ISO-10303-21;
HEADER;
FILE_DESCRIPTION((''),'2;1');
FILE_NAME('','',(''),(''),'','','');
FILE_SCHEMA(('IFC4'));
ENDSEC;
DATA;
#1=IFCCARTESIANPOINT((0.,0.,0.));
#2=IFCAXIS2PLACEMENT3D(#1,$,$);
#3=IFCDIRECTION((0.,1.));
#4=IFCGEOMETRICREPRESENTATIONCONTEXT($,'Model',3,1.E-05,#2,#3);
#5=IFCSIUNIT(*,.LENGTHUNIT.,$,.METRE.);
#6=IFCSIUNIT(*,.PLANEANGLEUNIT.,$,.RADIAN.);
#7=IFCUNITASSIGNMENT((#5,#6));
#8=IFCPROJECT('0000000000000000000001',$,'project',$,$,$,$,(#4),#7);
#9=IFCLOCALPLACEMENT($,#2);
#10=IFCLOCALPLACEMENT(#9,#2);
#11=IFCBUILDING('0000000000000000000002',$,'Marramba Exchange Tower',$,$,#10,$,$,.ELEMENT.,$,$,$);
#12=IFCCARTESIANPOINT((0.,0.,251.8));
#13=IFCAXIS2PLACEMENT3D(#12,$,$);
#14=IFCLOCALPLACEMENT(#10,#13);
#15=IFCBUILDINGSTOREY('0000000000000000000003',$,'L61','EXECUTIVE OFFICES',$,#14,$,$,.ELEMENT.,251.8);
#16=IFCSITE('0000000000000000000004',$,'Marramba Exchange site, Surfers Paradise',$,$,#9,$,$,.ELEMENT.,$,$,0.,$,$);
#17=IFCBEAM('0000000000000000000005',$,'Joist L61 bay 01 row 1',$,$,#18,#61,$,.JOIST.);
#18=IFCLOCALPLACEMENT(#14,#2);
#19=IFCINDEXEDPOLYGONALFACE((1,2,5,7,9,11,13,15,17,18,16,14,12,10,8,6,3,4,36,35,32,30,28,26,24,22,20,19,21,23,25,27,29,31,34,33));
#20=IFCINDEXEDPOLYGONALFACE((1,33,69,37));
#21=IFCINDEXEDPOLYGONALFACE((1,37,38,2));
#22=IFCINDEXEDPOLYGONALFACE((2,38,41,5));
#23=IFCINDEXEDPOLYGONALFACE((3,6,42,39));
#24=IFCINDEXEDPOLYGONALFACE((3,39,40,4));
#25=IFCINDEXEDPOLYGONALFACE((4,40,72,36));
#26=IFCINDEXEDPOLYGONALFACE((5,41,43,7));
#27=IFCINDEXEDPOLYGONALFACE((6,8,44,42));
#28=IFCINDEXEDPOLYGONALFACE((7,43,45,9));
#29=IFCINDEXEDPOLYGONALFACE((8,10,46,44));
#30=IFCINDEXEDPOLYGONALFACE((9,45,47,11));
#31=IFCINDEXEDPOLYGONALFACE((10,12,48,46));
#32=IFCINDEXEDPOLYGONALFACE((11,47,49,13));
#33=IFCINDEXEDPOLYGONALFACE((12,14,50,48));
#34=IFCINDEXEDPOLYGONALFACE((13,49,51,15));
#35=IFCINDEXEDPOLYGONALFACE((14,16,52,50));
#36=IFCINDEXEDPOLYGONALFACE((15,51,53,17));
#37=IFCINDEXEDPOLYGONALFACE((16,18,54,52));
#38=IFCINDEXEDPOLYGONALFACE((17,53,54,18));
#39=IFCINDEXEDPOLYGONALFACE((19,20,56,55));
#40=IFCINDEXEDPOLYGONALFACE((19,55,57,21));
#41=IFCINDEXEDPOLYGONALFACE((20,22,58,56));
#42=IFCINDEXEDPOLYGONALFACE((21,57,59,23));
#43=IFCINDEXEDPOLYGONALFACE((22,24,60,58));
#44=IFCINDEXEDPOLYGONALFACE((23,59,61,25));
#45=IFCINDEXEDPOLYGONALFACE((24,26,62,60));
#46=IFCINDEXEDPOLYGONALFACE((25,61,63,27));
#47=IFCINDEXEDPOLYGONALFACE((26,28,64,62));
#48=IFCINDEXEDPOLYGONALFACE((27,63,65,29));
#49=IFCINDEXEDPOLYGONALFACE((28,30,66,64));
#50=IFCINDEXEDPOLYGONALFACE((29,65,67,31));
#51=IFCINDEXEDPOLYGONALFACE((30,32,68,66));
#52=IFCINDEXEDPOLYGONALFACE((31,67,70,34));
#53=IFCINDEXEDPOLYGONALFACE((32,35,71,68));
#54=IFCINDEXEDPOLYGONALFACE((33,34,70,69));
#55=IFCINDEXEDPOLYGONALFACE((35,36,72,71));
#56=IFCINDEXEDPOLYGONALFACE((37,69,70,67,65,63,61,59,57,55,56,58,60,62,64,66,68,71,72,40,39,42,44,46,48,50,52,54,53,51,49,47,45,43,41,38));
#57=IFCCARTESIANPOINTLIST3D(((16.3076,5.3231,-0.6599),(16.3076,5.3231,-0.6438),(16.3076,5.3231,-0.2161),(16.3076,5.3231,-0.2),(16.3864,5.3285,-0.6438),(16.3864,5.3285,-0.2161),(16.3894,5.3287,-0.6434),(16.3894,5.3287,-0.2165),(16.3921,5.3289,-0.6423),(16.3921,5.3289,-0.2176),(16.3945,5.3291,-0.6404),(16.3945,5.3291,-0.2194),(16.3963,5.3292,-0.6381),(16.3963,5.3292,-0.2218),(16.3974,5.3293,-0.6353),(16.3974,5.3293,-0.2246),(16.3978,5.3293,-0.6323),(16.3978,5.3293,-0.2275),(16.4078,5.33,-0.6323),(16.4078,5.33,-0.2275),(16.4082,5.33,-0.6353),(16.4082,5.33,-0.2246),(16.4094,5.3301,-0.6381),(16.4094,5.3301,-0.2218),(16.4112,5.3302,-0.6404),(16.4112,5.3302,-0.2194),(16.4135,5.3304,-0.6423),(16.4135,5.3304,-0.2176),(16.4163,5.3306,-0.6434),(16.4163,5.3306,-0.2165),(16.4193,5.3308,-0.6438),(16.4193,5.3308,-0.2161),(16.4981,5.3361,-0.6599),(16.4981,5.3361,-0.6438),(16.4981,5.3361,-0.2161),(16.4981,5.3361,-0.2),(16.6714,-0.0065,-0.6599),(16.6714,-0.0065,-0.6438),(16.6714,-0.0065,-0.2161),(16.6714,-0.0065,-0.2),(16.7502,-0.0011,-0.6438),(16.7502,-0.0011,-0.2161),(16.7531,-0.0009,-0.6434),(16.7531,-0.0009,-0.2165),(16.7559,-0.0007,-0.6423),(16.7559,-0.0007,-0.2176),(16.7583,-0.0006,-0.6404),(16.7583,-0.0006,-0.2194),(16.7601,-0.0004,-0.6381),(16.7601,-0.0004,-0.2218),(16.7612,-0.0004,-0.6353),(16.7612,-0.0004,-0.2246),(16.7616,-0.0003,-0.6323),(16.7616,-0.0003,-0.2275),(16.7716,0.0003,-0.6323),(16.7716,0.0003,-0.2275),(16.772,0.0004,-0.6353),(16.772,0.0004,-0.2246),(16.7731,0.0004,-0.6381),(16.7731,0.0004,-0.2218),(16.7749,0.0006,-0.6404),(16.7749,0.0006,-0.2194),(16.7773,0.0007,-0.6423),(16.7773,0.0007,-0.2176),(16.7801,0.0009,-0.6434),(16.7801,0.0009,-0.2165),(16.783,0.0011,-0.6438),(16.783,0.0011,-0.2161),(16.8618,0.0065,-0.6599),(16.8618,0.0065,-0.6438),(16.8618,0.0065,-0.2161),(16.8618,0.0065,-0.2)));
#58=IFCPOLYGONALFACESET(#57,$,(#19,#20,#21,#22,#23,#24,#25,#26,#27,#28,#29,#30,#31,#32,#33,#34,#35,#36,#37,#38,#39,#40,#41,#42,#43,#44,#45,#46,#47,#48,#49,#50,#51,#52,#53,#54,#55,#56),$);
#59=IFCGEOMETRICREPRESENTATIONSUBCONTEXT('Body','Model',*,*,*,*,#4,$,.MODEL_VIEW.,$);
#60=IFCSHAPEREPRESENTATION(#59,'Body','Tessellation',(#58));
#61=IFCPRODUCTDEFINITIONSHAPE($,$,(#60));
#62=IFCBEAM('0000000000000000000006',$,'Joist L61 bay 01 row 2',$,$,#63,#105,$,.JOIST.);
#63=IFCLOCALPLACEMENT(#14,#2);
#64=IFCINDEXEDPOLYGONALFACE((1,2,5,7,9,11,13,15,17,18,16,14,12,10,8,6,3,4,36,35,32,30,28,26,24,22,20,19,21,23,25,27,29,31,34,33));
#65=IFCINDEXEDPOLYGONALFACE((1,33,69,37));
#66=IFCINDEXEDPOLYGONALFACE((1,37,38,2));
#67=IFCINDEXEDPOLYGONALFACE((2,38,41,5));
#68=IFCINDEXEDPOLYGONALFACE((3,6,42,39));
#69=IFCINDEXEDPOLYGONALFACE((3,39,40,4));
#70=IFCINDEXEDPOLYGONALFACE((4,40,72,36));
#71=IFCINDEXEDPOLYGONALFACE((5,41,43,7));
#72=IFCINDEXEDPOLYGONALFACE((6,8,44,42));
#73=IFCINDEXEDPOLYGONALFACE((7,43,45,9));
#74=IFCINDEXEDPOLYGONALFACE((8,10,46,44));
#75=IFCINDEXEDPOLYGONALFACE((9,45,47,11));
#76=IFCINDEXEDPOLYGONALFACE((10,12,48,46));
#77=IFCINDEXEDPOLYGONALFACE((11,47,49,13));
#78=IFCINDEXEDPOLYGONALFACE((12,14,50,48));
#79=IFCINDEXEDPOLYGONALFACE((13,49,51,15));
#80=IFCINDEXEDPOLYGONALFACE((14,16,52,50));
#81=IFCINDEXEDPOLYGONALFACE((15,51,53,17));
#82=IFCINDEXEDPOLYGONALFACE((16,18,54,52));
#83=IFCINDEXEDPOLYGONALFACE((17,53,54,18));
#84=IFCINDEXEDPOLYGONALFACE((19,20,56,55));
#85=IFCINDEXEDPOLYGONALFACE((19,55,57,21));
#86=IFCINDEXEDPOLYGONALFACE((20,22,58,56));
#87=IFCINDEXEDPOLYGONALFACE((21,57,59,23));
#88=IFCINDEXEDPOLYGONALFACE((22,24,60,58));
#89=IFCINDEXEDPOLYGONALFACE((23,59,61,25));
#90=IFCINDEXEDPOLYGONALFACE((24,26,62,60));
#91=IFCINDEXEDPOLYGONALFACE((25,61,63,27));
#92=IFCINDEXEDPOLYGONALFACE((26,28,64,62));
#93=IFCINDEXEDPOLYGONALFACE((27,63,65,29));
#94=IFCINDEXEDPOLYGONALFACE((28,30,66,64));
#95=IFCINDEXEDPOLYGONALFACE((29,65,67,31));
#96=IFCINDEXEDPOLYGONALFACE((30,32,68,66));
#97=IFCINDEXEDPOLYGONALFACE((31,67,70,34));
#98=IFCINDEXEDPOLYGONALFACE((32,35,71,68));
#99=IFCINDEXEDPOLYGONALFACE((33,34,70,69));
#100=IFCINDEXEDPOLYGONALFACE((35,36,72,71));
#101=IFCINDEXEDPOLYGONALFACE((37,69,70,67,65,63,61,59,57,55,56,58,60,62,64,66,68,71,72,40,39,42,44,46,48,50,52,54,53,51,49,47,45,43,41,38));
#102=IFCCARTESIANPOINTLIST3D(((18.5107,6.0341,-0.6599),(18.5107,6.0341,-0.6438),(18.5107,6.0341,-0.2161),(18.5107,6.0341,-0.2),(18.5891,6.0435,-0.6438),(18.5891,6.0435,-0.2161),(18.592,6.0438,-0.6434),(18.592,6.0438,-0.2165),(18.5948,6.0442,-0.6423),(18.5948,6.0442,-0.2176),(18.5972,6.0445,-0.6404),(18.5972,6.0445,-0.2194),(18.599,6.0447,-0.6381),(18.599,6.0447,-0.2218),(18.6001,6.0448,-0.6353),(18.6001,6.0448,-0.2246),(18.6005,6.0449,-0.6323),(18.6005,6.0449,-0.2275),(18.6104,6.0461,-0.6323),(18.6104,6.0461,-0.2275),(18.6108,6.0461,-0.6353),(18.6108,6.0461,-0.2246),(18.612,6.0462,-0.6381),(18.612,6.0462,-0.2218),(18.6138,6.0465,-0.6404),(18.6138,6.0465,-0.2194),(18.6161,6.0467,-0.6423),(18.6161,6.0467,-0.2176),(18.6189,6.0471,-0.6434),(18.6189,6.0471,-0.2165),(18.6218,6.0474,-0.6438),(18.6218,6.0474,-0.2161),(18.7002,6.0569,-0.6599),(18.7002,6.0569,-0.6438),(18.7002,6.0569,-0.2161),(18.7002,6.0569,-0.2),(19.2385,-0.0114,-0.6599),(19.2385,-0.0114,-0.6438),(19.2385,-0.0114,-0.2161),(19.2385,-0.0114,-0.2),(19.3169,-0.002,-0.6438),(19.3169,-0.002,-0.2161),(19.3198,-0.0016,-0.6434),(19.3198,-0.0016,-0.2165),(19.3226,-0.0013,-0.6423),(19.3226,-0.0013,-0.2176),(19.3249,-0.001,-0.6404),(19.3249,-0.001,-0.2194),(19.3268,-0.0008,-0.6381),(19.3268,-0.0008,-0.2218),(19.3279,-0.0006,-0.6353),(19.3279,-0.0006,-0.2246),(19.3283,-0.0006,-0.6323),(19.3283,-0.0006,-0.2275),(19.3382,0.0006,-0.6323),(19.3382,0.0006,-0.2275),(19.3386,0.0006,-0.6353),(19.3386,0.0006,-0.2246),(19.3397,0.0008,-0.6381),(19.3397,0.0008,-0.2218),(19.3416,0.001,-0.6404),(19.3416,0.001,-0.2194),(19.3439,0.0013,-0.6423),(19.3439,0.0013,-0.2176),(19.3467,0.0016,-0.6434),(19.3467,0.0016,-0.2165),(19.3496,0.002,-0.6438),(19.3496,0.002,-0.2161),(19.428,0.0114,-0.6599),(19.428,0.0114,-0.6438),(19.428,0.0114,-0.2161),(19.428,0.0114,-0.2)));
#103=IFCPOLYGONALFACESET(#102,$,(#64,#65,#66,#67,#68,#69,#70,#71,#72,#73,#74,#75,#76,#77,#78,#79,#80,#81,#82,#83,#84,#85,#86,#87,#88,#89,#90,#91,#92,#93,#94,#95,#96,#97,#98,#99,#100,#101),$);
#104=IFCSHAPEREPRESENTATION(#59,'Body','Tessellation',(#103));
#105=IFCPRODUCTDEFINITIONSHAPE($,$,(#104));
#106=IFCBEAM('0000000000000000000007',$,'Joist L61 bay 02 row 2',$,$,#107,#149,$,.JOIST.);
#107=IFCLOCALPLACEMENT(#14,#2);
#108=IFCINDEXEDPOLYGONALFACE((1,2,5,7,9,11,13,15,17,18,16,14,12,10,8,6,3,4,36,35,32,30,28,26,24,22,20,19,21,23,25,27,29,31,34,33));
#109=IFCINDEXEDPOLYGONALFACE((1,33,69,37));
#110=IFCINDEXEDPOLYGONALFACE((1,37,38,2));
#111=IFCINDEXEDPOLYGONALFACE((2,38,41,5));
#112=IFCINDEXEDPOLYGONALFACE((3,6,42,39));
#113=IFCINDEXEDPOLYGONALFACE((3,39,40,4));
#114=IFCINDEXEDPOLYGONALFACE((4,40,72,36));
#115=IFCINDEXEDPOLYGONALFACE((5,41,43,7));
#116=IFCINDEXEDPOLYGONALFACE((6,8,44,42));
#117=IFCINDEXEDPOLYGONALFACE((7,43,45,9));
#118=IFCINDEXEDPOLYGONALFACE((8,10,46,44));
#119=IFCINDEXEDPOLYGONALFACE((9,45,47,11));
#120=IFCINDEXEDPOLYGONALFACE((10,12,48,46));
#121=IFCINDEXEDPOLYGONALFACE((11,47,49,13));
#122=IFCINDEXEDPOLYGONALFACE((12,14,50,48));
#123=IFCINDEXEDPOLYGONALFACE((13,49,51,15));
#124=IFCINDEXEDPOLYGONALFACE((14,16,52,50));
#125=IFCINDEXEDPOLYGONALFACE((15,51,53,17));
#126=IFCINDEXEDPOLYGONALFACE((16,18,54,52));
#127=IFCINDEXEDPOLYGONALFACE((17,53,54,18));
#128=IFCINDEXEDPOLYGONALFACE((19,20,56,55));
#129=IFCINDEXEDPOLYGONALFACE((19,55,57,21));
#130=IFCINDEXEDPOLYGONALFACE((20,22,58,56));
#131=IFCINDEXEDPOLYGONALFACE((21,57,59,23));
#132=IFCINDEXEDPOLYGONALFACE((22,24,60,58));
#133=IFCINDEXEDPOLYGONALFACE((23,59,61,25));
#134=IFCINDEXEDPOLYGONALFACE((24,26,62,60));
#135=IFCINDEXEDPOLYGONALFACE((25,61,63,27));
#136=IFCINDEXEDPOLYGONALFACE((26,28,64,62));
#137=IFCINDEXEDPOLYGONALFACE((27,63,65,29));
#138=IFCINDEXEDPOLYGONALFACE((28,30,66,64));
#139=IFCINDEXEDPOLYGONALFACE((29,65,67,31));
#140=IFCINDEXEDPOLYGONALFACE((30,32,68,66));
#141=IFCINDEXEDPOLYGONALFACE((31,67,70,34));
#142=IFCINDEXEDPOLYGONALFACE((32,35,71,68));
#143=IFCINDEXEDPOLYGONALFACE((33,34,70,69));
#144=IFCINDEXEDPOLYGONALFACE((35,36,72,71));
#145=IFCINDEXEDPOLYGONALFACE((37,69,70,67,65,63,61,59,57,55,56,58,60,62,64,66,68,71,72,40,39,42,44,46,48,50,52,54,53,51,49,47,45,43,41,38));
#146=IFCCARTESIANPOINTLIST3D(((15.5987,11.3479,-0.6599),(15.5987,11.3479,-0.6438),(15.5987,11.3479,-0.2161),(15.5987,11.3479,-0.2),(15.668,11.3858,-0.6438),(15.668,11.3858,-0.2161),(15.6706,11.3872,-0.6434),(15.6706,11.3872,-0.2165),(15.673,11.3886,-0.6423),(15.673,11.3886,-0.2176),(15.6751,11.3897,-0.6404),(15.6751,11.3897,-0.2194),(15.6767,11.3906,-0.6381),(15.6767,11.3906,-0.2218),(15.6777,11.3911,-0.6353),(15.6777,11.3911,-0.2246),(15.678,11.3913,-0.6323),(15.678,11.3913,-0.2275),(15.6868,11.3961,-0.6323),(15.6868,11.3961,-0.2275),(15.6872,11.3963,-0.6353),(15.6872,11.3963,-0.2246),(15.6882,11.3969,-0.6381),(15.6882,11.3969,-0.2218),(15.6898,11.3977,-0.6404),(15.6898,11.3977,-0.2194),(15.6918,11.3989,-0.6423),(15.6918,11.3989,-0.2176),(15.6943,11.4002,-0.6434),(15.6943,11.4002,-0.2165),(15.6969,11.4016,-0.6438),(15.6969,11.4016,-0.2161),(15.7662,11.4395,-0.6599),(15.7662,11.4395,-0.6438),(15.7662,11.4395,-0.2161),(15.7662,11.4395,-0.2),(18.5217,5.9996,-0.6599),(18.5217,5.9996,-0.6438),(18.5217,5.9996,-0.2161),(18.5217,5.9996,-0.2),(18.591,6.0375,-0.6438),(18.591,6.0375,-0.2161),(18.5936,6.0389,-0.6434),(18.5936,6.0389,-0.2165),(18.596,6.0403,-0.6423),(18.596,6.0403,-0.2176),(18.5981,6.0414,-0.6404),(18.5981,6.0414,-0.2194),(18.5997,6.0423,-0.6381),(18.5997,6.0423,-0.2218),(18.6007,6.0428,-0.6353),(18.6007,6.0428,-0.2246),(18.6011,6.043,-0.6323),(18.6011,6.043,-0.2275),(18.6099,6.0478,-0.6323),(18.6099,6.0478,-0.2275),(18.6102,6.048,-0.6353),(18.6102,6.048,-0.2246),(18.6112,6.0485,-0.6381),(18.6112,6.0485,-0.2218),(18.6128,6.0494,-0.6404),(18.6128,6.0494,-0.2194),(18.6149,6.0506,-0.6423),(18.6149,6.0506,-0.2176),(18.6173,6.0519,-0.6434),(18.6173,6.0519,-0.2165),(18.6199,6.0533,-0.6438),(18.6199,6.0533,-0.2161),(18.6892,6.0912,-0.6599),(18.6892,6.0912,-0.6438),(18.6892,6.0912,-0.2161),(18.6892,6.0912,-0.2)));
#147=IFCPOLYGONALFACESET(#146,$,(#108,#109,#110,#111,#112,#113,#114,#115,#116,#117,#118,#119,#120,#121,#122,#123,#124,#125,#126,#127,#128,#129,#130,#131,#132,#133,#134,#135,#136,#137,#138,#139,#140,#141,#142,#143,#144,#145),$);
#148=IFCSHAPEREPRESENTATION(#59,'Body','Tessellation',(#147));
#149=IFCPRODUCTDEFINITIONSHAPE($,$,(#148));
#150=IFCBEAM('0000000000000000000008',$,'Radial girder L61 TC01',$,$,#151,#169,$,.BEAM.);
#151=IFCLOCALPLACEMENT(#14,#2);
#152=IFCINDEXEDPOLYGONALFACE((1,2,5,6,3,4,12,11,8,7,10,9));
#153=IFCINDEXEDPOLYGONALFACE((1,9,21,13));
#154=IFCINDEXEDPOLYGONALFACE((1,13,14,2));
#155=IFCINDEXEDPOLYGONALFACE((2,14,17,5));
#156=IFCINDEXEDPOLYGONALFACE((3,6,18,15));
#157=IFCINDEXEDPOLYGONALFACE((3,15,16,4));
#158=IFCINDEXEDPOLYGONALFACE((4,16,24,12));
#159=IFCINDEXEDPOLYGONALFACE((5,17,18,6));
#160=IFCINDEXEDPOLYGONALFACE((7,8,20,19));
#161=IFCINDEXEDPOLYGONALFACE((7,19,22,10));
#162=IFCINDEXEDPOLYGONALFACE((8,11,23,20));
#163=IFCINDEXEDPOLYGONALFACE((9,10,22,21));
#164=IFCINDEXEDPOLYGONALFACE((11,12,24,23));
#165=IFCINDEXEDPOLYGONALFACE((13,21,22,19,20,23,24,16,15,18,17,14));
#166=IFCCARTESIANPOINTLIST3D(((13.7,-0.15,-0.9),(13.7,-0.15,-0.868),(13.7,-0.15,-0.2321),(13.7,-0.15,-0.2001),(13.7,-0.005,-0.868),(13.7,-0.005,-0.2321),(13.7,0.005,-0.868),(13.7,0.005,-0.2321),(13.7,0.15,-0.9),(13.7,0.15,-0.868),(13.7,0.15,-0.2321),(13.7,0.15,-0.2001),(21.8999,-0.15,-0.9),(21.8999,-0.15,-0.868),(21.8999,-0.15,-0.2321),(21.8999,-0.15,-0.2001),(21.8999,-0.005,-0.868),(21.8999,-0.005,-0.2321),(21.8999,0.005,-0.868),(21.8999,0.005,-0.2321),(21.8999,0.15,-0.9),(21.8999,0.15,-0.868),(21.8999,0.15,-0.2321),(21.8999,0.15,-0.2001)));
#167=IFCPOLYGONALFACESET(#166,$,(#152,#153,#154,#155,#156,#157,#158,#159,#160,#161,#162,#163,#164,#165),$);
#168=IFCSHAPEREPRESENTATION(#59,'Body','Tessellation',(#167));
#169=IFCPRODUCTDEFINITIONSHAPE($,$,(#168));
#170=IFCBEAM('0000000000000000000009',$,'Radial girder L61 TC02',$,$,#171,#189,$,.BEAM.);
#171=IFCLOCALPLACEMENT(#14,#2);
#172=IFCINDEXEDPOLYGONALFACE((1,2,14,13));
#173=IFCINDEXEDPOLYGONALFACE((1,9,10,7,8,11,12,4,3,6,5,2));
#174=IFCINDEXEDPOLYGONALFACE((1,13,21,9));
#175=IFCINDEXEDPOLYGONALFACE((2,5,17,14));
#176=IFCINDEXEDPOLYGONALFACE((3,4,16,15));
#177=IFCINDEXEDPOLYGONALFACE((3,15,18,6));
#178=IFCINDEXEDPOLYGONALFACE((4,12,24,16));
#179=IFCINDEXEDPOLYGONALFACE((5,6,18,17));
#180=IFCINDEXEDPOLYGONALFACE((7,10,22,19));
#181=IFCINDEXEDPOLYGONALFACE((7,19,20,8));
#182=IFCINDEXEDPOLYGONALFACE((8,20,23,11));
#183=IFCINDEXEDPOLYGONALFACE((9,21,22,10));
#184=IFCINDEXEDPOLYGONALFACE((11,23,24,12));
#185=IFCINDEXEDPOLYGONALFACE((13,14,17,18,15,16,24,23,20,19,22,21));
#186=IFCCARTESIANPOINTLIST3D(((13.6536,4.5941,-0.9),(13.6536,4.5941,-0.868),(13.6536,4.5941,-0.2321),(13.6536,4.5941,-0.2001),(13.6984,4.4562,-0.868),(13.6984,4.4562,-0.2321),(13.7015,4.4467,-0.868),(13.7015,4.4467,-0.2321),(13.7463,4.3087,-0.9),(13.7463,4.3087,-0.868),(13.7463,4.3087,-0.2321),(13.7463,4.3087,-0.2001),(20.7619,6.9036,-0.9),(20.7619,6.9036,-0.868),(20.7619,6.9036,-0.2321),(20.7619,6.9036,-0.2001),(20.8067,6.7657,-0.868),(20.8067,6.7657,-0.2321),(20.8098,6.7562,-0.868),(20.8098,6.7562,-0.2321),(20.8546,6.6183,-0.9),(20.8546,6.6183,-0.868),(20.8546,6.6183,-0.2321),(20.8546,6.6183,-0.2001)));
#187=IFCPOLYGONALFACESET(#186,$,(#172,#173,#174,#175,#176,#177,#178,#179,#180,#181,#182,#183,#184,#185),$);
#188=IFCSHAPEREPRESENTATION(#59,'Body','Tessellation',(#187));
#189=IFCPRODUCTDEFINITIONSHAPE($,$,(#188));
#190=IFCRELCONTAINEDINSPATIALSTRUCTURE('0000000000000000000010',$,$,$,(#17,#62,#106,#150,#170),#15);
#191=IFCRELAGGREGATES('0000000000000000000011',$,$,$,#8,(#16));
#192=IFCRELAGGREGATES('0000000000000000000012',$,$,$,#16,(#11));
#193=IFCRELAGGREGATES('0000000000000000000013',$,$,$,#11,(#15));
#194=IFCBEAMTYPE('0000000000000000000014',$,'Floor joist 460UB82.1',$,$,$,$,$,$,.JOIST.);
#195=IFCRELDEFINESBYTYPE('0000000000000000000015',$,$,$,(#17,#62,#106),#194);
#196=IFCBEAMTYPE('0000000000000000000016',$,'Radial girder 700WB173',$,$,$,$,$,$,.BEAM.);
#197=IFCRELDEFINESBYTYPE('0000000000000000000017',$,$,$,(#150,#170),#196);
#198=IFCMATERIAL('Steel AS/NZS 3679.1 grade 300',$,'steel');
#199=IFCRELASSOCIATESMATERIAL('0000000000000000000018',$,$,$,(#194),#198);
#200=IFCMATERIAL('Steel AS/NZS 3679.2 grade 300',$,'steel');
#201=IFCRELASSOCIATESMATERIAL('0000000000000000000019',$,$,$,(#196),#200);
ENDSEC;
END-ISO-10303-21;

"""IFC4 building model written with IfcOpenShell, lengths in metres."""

from ifc_helpers import new_model, si_unit, direction, frame, origin, origin_2d, place, context, subcontext, project, spatial, i_section, extrude, material, material_profile, profile_set, type_object, element, save


model = new_model("IFC4")

# Units and contexts
model_context = context("Model", 3, precision=1e-05, world=origin(), true_north=direction((0.0, 1.0)))
body_context = subcontext(model_context, "Body", "Model", "MODEL_VIEW")
ifc_project = project(units=[si_unit("LENGTHUNIT", "METRE"), si_unit("PLANEANGLEUNIT", "RADIAN")], contexts=[model_context])

# Site, building, storey
site_placement = place(None, origin())
site = spatial("IfcSite", under=ifc_project, at=site_placement, Name="Marramba Exchange site, Surfers Paradise", CompositionType="ELEMENT", RefElevation=0.0)
building_placement = place(site_placement, origin())
building = spatial("IfcBuilding", under=site, at=building_placement, Name="Marramba Exchange Tower", CompositionType="ELEMENT")
storey_placement = place(building_placement, frame((0.0, 0.0, 251.8)))
storey = spatial("IfcBuildingStorey", under=building, at=storey_placement, Name="L61", Description="EXECUTIVE OFFICES", CompositionType="ELEMENT", Elevation=251.8)

# Shared definitions
ifc_material_1 = material(Name="Steel AS/NZS 3679.2 grade 300", Category="steel")

# Beams
ifc_material_2 = material(Name="Steel AS/NZS 3679.1 grade 300", Category="steel")
ifc_material_profile_1 = material_profile(ifc_material_2, i_section(OverallWidth=0.1909, OverallDepth=0.46, WebThickness=0.01, FlangeThickness=0.0161, FilletRadius=0.0115, at=origin_2d()), Name="460UB82.1")
ifc_profile_set_1 = profile_set([ifc_material_profile_1], Name="Steel AS/NZS 3679.1 grade 300")
beam_type_1 = type_object("IfcBeamType", Name="Floor joist 460UB82.1", PredefinedType="JOIST", material=ifc_profile_set_1)
beam_1_placement = place(storey_placement, frame((16.7666, 0.0, -0.4299), z_axis=(-0.068096, 0.997679, 0.0), x_axis=(-0.997679, -0.068096, 0.0)))
element("IfcBeam", 1, at=beam_1_placement, inside=storey, type_object=beam_type_1, Name="Joist L61 bay 01 row 1", PredefinedType="JOIST", context=body_context, shape_type="SweptSolid", body=[
    extrude(i_section(OverallWidth=0.1909, OverallDepth=0.46, WebThickness=0.01, FlangeThickness=0.0161, FilletRadius=0.0115, at=origin_2d()), origin(), (0.0, 0.0, 1.0), 5.342),
])
beam_2_placement = place(storey_placement, frame((19.3333, 0.0, -0.4299), z_axis=(-0.119523, 0.992831, 0.0), x_axis=(-0.992831, -0.119523, 0.0)))
element("IfcBeam", 2, at=beam_2_placement, inside=storey, type_object=beam_type_1, Name="Joist L61 bay 01 row 2", PredefinedType="JOIST", context=body_context, shape_type="SweptSolid", body=[
    extrude(i_section(OverallWidth=0.1909, OverallDepth=0.46, WebThickness=0.01, FlangeThickness=0.0161, FilletRadius=0.0115, at=origin_2d()), origin(), (0.0, 0.0, 1.0), 6.0891),
])
beam_3_placement = place(storey_placement, frame((18.6055, 6.0454, -0.4299), z_axis=(-0.479584, 0.877496, 0.0), x_axis=(-0.877496, -0.479584, 0.0)))
element("IfcBeam", 3, at=beam_3_placement, inside=storey, type_object=beam_type_1, Name="Joist L61 bay 02 row 2", PredefinedType="JOIST", context=body_context, shape_type="SweptSolid", body=[
    extrude(i_section(OverallWidth=0.1909, OverallDepth=0.46, WebThickness=0.01, FlangeThickness=0.0161, FilletRadius=0.0115, at=origin_2d()), origin(), (0.0, 0.0, 1.0), 6.095),
])
ifc_material_profile_2 = material_profile(ifc_material_1, i_section(OverallWidth=0.3, OverallDepth=0.7, WebThickness=0.01, FlangeThickness=0.032, at=origin_2d()), Name="700WB173")
ifc_profile_set_2 = profile_set([ifc_material_profile_2], Name="Steel AS/NZS 3679.2 grade 300")
beam_type_2 = type_object("IfcBeamType", Name="Radial girder 700WB173", PredefinedType="BEAM", material=ifc_profile_set_2)
beam_4_placement = place(storey_placement, frame((13.7, 0.0, -0.55), z_axis=(1.0, 0.0, 0.0), x_axis=(0.0, 1.0, 0.0)))
element("IfcBeam", 4, at=beam_4_placement, inside=storey, type_object=beam_type_2, Name="Radial girder L61 TC01", PredefinedType="BEAM", context=body_context, shape_type="SweptSolid", body=[
    extrude(i_section(OverallWidth=0.3, OverallDepth=0.7, WebThickness=0.01, FlangeThickness=0.032, at=origin_2d()), origin(), (0.0, 0.0, 1.0), 8.2),
])
beam_5_placement = place(storey_placement, frame((13.7, 4.4514, -0.55), z_axis=(0.95106, 0.309006, 0.0), x_axis=(-0.309006, 0.95106, 0.0)))
element("IfcBeam", 5, at=beam_5_placement, inside=storey, type_object=beam_type_2, Name="Radial girder L61 TC02", PredefinedType="BEAM", context=body_context, shape_type="SweptSolid", body=[
    extrude(i_section(OverallWidth=0.3, OverallDepth=0.7, WebThickness=0.01, FlangeThickness=0.032, at=origin_2d()), origin(), (0.0, 0.0, 1.0), 7.4741),
])

save(model, "model.ifc")
